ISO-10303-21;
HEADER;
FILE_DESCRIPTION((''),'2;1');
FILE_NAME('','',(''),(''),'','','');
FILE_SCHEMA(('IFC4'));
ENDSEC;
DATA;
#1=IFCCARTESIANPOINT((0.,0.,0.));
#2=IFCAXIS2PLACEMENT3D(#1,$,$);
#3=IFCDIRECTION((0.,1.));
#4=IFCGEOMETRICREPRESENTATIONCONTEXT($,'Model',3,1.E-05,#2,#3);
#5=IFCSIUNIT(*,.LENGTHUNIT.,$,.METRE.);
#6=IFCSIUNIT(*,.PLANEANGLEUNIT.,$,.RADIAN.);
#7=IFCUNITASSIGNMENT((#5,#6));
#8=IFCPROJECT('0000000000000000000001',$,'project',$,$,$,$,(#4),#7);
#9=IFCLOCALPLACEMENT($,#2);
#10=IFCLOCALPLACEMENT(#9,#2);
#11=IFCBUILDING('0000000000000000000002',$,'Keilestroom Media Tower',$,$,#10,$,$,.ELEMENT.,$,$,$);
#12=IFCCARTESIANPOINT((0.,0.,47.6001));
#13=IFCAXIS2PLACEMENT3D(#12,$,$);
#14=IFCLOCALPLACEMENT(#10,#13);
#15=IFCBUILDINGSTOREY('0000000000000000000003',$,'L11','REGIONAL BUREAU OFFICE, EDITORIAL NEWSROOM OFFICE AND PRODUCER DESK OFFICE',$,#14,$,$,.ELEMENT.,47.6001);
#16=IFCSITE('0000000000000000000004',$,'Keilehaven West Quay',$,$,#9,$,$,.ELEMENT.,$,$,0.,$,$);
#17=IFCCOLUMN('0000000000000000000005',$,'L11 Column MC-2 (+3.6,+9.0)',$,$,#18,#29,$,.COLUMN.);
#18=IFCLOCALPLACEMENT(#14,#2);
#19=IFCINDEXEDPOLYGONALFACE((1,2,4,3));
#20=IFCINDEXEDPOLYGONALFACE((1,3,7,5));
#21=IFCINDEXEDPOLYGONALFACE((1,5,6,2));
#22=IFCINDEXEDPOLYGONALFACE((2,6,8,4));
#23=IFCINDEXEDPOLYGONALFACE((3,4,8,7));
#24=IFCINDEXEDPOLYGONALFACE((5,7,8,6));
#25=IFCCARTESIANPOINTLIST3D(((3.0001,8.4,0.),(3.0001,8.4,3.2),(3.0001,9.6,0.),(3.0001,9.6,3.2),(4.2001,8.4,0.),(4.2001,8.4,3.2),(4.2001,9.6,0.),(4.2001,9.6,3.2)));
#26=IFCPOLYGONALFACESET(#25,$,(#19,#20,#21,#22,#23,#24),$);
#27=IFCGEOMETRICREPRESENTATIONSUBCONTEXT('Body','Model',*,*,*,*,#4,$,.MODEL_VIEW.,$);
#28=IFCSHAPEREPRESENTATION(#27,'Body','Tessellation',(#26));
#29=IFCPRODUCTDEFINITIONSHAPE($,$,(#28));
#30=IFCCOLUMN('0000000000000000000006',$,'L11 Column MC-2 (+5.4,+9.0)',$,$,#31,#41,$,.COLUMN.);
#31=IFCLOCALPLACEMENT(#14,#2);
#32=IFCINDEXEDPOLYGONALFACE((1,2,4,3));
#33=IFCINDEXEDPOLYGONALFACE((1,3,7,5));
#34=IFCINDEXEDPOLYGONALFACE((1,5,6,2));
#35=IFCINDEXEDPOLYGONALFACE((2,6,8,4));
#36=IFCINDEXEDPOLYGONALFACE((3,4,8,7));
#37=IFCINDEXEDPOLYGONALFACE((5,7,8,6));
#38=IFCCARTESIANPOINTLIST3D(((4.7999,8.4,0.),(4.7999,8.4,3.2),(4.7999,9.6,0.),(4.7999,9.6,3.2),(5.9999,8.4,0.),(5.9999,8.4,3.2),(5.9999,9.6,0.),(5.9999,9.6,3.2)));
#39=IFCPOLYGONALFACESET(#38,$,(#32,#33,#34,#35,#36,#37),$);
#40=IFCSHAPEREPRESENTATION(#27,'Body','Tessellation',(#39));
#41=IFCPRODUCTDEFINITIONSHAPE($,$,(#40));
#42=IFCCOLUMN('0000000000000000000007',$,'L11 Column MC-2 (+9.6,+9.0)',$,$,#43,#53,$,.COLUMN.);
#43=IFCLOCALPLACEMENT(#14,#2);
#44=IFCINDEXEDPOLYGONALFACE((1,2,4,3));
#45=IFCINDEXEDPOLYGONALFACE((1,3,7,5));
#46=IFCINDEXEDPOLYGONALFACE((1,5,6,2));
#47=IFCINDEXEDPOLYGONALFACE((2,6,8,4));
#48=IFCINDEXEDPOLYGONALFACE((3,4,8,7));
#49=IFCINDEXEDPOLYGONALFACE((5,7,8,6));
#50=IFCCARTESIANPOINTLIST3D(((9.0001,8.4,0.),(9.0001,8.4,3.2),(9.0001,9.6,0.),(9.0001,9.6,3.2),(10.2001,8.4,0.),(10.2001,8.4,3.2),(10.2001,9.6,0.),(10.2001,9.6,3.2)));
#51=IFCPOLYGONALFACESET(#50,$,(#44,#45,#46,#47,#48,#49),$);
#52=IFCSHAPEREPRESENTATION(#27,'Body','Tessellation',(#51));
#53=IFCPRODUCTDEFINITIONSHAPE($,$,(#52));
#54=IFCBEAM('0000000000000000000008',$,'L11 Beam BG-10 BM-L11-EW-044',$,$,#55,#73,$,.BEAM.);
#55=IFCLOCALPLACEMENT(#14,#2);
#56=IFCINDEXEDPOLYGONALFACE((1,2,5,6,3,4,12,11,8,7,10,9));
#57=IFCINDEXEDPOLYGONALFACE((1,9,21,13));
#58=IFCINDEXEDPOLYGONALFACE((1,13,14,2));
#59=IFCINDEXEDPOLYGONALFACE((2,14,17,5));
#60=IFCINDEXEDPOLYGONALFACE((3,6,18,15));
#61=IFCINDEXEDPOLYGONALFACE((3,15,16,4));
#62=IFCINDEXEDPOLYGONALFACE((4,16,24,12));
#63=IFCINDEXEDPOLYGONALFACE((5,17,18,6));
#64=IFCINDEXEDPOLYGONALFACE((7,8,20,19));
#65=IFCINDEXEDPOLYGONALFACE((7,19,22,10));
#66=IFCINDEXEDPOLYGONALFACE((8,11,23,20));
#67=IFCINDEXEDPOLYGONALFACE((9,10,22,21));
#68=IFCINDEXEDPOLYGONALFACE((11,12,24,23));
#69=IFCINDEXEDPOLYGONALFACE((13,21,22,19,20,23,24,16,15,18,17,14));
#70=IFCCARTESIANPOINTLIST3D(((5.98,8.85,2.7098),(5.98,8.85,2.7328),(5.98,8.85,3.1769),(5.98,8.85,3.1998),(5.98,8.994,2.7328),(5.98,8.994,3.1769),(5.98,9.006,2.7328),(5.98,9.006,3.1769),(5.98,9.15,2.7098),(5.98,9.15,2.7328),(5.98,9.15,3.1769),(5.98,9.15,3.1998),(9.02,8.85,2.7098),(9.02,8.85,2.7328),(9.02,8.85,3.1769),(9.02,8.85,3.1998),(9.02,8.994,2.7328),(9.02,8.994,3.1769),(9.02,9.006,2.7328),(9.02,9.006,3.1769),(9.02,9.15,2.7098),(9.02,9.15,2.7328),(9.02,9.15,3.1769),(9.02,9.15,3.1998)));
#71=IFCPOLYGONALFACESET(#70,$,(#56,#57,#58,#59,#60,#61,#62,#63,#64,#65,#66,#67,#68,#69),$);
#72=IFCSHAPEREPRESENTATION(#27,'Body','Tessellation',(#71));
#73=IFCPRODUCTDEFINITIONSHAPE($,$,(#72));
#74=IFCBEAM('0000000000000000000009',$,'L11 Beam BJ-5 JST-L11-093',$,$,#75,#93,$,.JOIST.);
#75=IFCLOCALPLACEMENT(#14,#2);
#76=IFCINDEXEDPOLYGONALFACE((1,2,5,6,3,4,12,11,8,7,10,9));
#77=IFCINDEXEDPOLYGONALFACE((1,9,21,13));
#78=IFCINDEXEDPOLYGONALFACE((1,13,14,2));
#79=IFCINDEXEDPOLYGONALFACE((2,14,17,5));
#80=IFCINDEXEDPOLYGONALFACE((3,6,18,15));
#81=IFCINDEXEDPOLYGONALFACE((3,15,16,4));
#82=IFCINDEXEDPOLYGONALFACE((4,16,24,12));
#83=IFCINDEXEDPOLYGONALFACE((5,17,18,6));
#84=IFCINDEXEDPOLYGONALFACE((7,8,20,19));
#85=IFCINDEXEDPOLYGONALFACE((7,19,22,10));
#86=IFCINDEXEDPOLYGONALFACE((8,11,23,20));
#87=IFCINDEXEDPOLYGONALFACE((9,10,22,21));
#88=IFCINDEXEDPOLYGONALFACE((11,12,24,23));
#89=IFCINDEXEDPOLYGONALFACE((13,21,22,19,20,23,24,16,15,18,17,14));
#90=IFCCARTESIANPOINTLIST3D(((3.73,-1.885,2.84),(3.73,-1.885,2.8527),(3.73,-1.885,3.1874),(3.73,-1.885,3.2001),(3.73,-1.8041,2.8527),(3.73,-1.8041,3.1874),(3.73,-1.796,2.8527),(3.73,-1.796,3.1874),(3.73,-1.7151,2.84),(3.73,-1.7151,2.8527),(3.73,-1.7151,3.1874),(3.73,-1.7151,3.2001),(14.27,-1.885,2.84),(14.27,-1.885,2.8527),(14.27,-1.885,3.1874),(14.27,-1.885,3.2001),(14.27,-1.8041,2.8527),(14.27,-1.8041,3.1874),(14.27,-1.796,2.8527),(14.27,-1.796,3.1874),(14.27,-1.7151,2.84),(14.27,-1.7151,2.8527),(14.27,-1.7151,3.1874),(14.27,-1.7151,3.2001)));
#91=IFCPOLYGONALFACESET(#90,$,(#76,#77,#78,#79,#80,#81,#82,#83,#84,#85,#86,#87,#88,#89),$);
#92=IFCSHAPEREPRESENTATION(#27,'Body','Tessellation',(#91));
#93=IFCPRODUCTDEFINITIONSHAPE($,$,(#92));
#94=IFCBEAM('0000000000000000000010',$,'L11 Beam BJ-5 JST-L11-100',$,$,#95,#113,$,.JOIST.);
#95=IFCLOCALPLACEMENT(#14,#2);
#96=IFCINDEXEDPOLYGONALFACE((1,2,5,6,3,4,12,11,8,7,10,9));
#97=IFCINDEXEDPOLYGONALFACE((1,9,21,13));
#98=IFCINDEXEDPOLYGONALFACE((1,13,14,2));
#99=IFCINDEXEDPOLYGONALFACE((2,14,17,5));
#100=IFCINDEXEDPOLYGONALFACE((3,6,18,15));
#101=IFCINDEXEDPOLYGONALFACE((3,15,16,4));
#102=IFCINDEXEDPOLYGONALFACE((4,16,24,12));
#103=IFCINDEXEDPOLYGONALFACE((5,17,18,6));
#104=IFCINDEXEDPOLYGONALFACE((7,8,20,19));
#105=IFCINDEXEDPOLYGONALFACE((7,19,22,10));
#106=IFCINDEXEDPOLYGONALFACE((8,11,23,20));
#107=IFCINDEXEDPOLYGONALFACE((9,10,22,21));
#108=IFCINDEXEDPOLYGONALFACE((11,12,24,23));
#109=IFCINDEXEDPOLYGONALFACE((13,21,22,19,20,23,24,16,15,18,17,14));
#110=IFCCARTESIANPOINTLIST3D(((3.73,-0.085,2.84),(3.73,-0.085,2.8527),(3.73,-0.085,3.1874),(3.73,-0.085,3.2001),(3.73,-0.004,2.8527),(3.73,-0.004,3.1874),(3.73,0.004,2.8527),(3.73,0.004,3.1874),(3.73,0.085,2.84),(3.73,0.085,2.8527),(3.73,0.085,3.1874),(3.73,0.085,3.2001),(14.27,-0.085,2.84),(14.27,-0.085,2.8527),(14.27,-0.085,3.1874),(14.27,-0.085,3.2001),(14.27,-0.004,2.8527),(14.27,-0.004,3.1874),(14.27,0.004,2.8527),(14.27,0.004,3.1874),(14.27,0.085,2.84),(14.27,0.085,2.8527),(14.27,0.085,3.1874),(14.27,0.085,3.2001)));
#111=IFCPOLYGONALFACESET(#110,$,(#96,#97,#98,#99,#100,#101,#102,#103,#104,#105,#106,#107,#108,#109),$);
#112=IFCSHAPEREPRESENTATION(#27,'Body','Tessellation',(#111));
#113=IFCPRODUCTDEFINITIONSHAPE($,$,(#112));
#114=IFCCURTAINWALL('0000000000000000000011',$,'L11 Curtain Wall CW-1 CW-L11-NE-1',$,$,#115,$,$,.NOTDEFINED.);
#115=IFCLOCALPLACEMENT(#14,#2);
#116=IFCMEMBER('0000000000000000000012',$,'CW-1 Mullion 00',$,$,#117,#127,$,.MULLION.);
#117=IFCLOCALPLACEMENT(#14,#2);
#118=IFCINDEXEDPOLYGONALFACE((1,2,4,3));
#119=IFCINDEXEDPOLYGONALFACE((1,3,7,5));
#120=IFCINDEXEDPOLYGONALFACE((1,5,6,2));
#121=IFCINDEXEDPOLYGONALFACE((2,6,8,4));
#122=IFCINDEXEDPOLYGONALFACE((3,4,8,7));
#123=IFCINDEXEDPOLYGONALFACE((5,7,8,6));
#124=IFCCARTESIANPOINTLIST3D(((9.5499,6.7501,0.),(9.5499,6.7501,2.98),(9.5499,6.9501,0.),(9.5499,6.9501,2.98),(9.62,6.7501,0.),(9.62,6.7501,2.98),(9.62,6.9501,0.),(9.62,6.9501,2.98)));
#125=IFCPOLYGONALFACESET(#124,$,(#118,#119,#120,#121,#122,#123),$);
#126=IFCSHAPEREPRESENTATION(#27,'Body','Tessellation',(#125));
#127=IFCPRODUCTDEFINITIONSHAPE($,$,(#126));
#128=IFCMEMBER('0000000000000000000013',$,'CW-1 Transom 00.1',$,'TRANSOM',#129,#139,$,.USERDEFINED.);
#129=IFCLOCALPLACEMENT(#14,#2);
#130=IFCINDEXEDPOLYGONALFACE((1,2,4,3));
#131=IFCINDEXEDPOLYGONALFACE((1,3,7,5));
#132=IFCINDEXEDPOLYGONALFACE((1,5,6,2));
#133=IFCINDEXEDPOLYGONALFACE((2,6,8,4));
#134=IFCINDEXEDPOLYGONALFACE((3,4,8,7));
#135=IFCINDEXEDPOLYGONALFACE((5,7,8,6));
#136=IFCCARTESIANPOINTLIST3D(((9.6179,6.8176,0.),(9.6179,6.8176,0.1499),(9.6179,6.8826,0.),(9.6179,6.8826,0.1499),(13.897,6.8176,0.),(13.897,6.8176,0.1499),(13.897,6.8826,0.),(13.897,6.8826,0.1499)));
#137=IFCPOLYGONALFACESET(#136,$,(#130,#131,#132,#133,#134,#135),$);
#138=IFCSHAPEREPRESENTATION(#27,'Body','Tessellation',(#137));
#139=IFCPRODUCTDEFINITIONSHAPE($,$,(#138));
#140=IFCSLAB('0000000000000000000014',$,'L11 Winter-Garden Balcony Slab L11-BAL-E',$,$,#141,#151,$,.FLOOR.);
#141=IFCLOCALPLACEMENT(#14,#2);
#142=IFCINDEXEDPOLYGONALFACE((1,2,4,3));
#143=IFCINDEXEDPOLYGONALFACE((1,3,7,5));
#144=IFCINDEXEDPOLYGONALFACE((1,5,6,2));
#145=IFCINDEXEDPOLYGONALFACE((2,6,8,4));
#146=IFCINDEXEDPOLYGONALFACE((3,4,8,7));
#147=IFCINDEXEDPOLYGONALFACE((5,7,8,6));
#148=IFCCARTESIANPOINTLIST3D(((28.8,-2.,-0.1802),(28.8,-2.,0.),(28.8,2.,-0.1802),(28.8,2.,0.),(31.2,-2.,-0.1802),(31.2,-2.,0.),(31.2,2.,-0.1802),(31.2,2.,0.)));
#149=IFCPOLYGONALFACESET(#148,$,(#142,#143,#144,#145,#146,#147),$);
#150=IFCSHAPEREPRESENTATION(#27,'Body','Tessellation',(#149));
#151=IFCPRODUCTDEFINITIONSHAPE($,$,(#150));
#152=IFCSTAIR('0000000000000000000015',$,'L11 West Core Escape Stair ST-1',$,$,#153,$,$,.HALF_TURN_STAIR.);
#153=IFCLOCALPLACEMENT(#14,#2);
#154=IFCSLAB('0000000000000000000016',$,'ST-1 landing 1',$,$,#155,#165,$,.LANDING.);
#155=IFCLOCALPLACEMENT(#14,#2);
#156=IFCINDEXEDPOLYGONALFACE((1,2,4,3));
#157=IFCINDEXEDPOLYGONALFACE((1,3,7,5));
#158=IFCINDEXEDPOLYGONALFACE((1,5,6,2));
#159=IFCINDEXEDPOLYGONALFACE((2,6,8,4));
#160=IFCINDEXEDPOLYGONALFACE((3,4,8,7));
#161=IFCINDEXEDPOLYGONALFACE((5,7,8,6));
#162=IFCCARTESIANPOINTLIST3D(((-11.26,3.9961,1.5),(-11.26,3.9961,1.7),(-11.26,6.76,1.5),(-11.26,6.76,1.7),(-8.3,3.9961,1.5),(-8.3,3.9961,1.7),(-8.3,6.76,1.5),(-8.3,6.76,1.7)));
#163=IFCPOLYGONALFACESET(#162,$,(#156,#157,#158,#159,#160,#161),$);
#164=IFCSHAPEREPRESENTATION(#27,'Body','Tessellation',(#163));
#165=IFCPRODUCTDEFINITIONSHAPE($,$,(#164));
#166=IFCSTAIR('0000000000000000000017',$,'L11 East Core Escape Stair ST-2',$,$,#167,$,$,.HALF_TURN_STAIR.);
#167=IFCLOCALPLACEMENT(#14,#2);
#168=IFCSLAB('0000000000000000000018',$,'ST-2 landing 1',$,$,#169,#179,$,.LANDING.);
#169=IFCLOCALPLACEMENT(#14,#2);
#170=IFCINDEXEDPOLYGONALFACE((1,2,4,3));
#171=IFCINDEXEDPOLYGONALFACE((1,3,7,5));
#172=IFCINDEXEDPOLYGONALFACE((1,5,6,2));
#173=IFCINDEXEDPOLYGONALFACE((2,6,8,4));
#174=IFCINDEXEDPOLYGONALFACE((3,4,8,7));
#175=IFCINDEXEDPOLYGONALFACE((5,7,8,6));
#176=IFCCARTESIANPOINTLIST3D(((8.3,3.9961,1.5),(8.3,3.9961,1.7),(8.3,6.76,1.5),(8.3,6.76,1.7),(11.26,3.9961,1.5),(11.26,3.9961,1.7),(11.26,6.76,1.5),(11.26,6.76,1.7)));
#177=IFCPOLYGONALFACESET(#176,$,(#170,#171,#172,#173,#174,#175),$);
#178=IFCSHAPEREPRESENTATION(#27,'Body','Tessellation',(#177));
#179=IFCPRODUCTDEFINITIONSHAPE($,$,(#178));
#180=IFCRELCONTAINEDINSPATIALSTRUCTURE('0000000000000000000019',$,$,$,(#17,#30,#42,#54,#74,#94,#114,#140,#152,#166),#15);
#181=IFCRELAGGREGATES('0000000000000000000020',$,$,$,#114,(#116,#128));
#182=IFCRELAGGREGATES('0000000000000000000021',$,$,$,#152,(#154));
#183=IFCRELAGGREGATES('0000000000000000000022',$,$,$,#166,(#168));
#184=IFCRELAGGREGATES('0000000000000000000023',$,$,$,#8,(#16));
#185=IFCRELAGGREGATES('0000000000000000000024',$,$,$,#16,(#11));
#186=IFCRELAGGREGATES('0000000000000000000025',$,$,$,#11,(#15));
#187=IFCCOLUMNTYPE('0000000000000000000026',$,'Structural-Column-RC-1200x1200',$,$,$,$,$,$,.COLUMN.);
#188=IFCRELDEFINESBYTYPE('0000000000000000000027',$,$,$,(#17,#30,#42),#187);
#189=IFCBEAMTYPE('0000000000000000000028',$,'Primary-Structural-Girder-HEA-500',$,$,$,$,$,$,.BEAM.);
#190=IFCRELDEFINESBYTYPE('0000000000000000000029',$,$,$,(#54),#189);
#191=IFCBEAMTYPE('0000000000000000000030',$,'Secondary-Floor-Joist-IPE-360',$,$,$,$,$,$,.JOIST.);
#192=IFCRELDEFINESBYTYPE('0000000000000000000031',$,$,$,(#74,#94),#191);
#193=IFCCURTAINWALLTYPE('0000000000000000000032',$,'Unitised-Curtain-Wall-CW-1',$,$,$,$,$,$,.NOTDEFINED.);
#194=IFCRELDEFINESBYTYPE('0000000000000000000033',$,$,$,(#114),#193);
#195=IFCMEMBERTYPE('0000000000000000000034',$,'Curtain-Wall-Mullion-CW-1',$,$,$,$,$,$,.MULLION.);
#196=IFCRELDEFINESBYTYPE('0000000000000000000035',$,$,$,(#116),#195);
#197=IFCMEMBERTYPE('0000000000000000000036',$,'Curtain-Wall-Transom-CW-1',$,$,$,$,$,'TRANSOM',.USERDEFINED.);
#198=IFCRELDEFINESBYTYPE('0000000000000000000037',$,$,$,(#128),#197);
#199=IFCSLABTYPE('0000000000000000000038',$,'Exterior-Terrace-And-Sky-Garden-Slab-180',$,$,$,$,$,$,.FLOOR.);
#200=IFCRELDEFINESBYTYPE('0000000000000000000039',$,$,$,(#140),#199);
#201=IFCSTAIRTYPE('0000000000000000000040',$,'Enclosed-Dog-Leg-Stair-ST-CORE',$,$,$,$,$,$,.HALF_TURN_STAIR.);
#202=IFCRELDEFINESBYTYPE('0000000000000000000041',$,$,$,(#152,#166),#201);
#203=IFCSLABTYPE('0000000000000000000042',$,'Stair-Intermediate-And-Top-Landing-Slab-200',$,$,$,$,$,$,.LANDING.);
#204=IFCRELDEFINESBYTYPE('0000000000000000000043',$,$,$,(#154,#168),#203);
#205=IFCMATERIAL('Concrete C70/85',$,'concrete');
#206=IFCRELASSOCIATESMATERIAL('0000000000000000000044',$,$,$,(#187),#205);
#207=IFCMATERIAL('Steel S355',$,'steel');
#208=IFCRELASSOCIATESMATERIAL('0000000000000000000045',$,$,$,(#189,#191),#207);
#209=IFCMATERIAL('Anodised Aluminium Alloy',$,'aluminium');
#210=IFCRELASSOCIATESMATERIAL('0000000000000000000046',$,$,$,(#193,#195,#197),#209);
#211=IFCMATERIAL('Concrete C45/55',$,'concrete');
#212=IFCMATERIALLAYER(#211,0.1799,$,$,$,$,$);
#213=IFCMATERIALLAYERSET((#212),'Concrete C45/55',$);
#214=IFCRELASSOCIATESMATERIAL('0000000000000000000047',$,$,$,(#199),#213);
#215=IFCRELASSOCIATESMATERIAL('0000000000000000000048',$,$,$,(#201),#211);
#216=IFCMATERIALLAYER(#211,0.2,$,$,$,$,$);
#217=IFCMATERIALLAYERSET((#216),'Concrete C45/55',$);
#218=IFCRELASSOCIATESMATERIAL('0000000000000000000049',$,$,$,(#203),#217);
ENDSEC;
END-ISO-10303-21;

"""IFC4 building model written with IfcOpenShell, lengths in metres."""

from ifc_helpers import new_model, si_unit, direction, frame, origin, origin_2d, place, context, subcontext, project, spatial, polyline, rectangle, i_section, outline, extrude, source, transform, mapped, material, layer, layer_set, material_profile, profile_set, type_object, element, aggregate, save


model = new_model("IFC4")

# Units and contexts
model_context = context("Model", 3, precision=1e-05, world=origin(), true_north=direction((0.0, 1.0)))
body_context = subcontext(model_context, "Body", "Model", "MODEL_VIEW")
ifc_project = project(units=[si_unit("LENGTHUNIT", "METRE"), si_unit("PLANEANGLEUNIT", "RADIAN")], contexts=[model_context])

# Site, building, storey
site_placement = place(None, origin())
site = spatial("IfcSite", under=ifc_project, at=site_placement, Name="Keilehaven West Quay", CompositionType="ELEMENT", RefElevation=0.0)
building_placement = place(site_placement, origin())
building = spatial("IfcBuilding", under=site, at=building_placement, Name="Keilestroom Media Tower", CompositionType="ELEMENT")
storey_placement = place(building_placement, frame((0.0, 0.0, 47.6001)))
storey = spatial("IfcBuildingStorey", under=building, at=storey_placement, Name="L11", Description="REGIONAL BUREAU OFFICE, EDITORIAL NEWSROOM OFFICE AND PRODUCER DESK OFFICE", CompositionType="ELEMENT", Elevation=47.6001)

# Columns
ifc_material_1 = material(Name="Concrete C70/85", Category="concrete")
ifc_material_profile_1 = material_profile(ifc_material_1, rectangle(XDim=1.2, YDim=1.2, at=origin_2d()), Name="RC 1200x1200")
ifc_profile_set_1 = profile_set([ifc_material_profile_1], Name="Concrete C70/85")
column_type = type_object("IfcColumnType", Name="Structural-Column-RC-1200x1200", PredefinedType="COLUMN", material=ifc_profile_set_1)
shared_shape_1 = source(origin(), body_context, "Body", "SweptSolid", [
    extrude(rectangle(XDim=1.2, YDim=1.2, at=origin_2d()), origin(), (0.0, 0.0, 1.0), 3.2),
])
for number, where, z_axis, x_axis, name in (
    (1, (3.6001, 9.0, 0.0), (0.0, 0.0, 1.0), (1.0, 0.0, 0.0), "L11 Column MC-2 (+3.6,+9.0)"),
    (2, (5.3999, 9.0, 0.0), (0.0, 0.0, 1.0), (1.0, 0.0, 0.0), "L11 Column MC-2 (+5.4,+9.0)"),
    (3, (9.6001, 9.0, 0.0), (0.0, 0.0, 1.0), (1.0, 0.0, 0.0), "L11 Column MC-2 (+9.6,+9.0)"),
):
    element("IfcColumn", number, at=place(storey_placement, frame(where, z_axis=z_axis, x_axis=x_axis)), inside=storey, type_object=column_type, Name=name, PredefinedType="COLUMN", context=body_context, shape_type="MappedRepresentation", body=[
        mapped(shared_shape_1, transform((0.0, 0.0, 0.0), x_axis=(1.0, 0.0, 0.0), y_axis=(0.0, 1.0, 0.0), z_axis=(0.0, 0.0, 1.0), scale=1.0)),
    ])

# Beams
ifc_material_2 = material(Name="Steel S355", Category="steel")
ifc_material_profile_2 = material_profile(ifc_material_2, i_section(OverallWidth=0.3, OverallDepth=0.49, WebThickness=0.012, FlangeThickness=0.0229, at=origin_2d()), Name="HEA 500")
ifc_profile_set_2 = profile_set([ifc_material_profile_2], Name="Steel S355")
beam_type_1 = type_object("IfcBeamType", Name="Primary-Structural-Girder-HEA-500", PredefinedType="BEAM", material=ifc_profile_set_2)
shared_shape_2 = source(origin(), body_context, "Body", "SweptSolid", [
    extrude(i_section(OverallWidth=0.3, OverallDepth=0.49, WebThickness=0.012, FlangeThickness=0.0229, at=origin_2d()), origin(), (0.0, 0.0, 1.0), 3.04),
])
beam_placement = place(storey_placement, frame((5.98, 9.0, 2.9548), z_axis=(1.0, 0.0, 0.0), x_axis=(0.0, 1.0, 0.0)))
element("IfcBeam", 4, at=beam_placement, inside=storey, type_object=beam_type_1, Name="L11 Beam BG-10 BM-L11-EW-044", PredefinedType="BEAM", context=body_context, shape_type="MappedRepresentation", body=[
    mapped(shared_shape_2, transform((0.0, 0.0, 0.0), x_axis=(1.0, 0.0, 0.0), y_axis=(0.0, 1.0, 0.0), z_axis=(0.0, 0.0, 1.0), scale=1.0)),
])
ifc_material_profile_3 = material_profile(ifc_material_2, i_section(OverallWidth=0.1699, OverallDepth=0.3601, WebThickness=0.0081, FlangeThickness=0.0127, at=origin_2d()), Name="IPE 360")
ifc_profile_set_3 = profile_set([ifc_material_profile_3], Name="Steel S355")
beam_type_2 = type_object("IfcBeamType", Name="Secondary-Floor-Joist-IPE-360", PredefinedType="JOIST", material=ifc_profile_set_3)
shared_shape_3 = source(origin(), body_context, "Body", "SweptSolid", [
    extrude(i_section(OverallWidth=0.1699, OverallDepth=0.3601, WebThickness=0.0081, FlangeThickness=0.0127, at=origin_2d()), origin(), (0.0, 0.0, 1.0), 10.54),
])
for number, where, z_axis, x_axis, name in (
    (5, (3.73, -1.8, 3.02), (1.0, 0.0, 0.0), (0.0, 1.0, 0.0), "L11 Beam BJ-5 JST-L11-093"),
    (6, (3.73, 0.0, 3.02), (1.0, 0.0, 0.0), (0.0, 1.0, 0.0), "L11 Beam BJ-5 JST-L11-100"),
):
    element("IfcBeam", number, at=place(storey_placement, frame(where, z_axis=z_axis, x_axis=x_axis)), inside=storey, type_object=beam_type_2, Name=name, PredefinedType="JOIST", context=body_context, shape_type="MappedRepresentation", body=[
        mapped(shared_shape_3, transform((0.0, 0.0, 0.0), x_axis=(1.0, 0.0, 0.0), y_axis=(0.0, 1.0, 0.0), z_axis=(0.0, 0.0, 1.0), scale=1.0)),
    ])

# Curtain wall, members
ifc_material_3 = material(Name="Anodised Aluminium Alloy", Category="aluminium")
curtain_wall_type = type_object("IfcCurtainWallType", Name="Unitised-Curtain-Wall-CW-1", PredefinedType="NOTDEFINED", material=ifc_material_3)
curtain_wall_placement = place(storey_placement, origin())
curtain_wall = element("IfcCurtainWall", 7, at=curtain_wall_placement, inside=storey, type_object=curtain_wall_type, Name="L11 Curtain Wall CW-1 CW-L11-NE-1", PredefinedType="NOTDEFINED")
ifc_material_profile_4 = material_profile(ifc_material_3, rectangle(XDim=0.0701, YDim=0.2, at=origin_2d()), Name="ALU MULLION 70x200")
ifc_profile_set_4 = profile_set([ifc_material_profile_4], Name="Anodised Aluminium Alloy")
member_type_1 = type_object("IfcMemberType", Name="Curtain-Wall-Mullion-CW-1", PredefinedType="MULLION", material=ifc_profile_set_4)
shared_shape_4 = source(origin(), body_context, "Body", "SweptSolid", [
    extrude(rectangle(XDim=0.0701, YDim=0.2, at=origin_2d()), origin(), (0.0, 0.0, 1.0), 2.98),
])
member_1_placement = place(storey_placement, frame((9.585, 6.8501, 0.0), z_axis=(0.0, 0.0, 1.0), x_axis=(1.0, 0.0, 0.0)))
member_1 = element("IfcMember", 8, at=member_1_placement, type_object=member_type_1, Name="CW-1 Mullion 00", PredefinedType="MULLION", context=body_context, shape_type="MappedRepresentation", body=[
    mapped(shared_shape_4, transform((0.0, 0.0, 0.0), x_axis=(1.0, 0.0, 0.0), y_axis=(0.0, 1.0, 0.0), z_axis=(0.0, 0.0, 1.0), scale=1.0)),
])
ifc_material_profile_5 = material_profile(ifc_material_3, rectangle(XDim=0.0649, YDim=0.1499, at=origin_2d()), Name="ALU TRANSOM 65x150")
ifc_profile_set_5 = profile_set([ifc_material_profile_5], Name="Anodised Aluminium Alloy")
member_type_2 = type_object("IfcMemberType", Name="Curtain-Wall-Transom-CW-1", ElementType="TRANSOM", PredefinedType="USERDEFINED", material=ifc_profile_set_5)
shared_shape_5 = source(origin(), body_context, "Body", "SweptSolid", [
    extrude(rectangle(XDim=0.0649, YDim=0.1499, at=origin_2d()), origin(), (0.0, 0.0, 1.0), 4.2791),
])
member_2_placement = place(storey_placement, frame((9.6179, 6.8501, 0.075), z_axis=(1.0, 0.0, 0.0), x_axis=(0.0, 1.0, 0.0)))
member_2 = element("IfcMember", 9, at=member_2_placement, type_object=member_type_2, Name="CW-1 Transom 00.1", ObjectType="TRANSOM", PredefinedType="USERDEFINED", context=body_context, shape_type="MappedRepresentation", body=[
    mapped(shared_shape_5, transform((0.0, 0.0, 0.0), x_axis=(1.0, 0.0, 0.0), y_axis=(0.0, 1.0, 0.0), z_axis=(0.0, 0.0, 1.0), scale=1.0)),
])
aggregate(curtain_wall, [member_1, member_2])

# Slab
ifc_material_4 = material(Name="Concrete C45/55", Category="concrete")
ifc_layer_1 = layer(ifc_material_4, 0.1799)
ifc_layer_set_1 = layer_set([ifc_layer_1], Name="Concrete C45/55")
slab_type_1 = type_object("IfcSlabType", Name="Exterior-Terrace-And-Sky-Garden-Slab-180", PredefinedType="FLOOR", material=ifc_layer_set_1)
slab_1_placement = place(storey_placement, frame((0.0, 0.0, -0.1802)))
element("IfcSlab", 10, at=slab_1_placement, inside=storey, type_object=slab_type_1, Name="L11 Winter-Garden Balcony Slab L11-BAL-E", PredefinedType="FLOOR", context=body_context, shape_type="SweptSolid", body=[
    extrude(outline(polyline([(28.8, -2.0), (31.2, -2.0), (31.2, 2.0), (28.8, 2.0), (28.8, -2.0)])), origin(), (0.0, 0.0, 1.0), 0.1802),
])

# Stairs, slabs
stair_type = type_object("IfcStairType", Name="Enclosed-Dog-Leg-Stair-ST-CORE", PredefinedType="HALF_TURN_STAIR", material=ifc_material_4)
stair_1_placement = place(storey_placement, origin())
stair_1 = element("IfcStair", 11, at=stair_1_placement, inside=storey, type_object=stair_type, Name="L11 West Core Escape Stair ST-1", PredefinedType="HALF_TURN_STAIR")
ifc_layer_2 = layer(ifc_material_4, 0.2)
ifc_layer_set_2 = layer_set([ifc_layer_2], Name="Concrete C45/55")
slab_type_2 = type_object("IfcSlabType", Name="Stair-Intermediate-And-Top-Landing-Slab-200", PredefinedType="LANDING", material=ifc_layer_set_2)
slab_2_placement = place(storey_placement, frame((0.0, 0.0, 1.5)))
slab_2 = element("IfcSlab", 12, at=slab_2_placement, type_object=slab_type_2, Name="ST-1 landing 1", PredefinedType="LANDING", context=body_context, shape_type="SweptSolid", body=[
    extrude(outline(polyline([(-8.3, 3.9961), (-8.3, 6.76), (-11.26, 6.76), (-11.26, 3.9961), (-8.3, 3.9961)])), origin(), (0.0, 0.0, 1.0), 0.2),
])
aggregate(stair_1, [slab_2])
stair_2_placement = place(storey_placement, origin())
stair_2 = element("IfcStair", 13, at=stair_2_placement, inside=storey, type_object=stair_type, Name="L11 East Core Escape Stair ST-2", PredefinedType="HALF_TURN_STAIR")
slab_3_placement = place(storey_placement, frame((0.0, 0.0, 1.5)))
slab_3 = element("IfcSlab", 14, at=slab_3_placement, type_object=slab_type_2, Name="ST-2 landing 1", PredefinedType="LANDING", context=body_context, shape_type="SweptSolid", body=[
    extrude(outline(polyline([(11.26, 3.9961), (11.26, 6.76), (8.3, 6.76), (8.3, 3.9961), (11.26, 3.9961)])), origin(), (0.0, 0.0, 1.0), 0.2),
])

aggregate(stair_2, [slab_3])

save(model, "model.ifc")
